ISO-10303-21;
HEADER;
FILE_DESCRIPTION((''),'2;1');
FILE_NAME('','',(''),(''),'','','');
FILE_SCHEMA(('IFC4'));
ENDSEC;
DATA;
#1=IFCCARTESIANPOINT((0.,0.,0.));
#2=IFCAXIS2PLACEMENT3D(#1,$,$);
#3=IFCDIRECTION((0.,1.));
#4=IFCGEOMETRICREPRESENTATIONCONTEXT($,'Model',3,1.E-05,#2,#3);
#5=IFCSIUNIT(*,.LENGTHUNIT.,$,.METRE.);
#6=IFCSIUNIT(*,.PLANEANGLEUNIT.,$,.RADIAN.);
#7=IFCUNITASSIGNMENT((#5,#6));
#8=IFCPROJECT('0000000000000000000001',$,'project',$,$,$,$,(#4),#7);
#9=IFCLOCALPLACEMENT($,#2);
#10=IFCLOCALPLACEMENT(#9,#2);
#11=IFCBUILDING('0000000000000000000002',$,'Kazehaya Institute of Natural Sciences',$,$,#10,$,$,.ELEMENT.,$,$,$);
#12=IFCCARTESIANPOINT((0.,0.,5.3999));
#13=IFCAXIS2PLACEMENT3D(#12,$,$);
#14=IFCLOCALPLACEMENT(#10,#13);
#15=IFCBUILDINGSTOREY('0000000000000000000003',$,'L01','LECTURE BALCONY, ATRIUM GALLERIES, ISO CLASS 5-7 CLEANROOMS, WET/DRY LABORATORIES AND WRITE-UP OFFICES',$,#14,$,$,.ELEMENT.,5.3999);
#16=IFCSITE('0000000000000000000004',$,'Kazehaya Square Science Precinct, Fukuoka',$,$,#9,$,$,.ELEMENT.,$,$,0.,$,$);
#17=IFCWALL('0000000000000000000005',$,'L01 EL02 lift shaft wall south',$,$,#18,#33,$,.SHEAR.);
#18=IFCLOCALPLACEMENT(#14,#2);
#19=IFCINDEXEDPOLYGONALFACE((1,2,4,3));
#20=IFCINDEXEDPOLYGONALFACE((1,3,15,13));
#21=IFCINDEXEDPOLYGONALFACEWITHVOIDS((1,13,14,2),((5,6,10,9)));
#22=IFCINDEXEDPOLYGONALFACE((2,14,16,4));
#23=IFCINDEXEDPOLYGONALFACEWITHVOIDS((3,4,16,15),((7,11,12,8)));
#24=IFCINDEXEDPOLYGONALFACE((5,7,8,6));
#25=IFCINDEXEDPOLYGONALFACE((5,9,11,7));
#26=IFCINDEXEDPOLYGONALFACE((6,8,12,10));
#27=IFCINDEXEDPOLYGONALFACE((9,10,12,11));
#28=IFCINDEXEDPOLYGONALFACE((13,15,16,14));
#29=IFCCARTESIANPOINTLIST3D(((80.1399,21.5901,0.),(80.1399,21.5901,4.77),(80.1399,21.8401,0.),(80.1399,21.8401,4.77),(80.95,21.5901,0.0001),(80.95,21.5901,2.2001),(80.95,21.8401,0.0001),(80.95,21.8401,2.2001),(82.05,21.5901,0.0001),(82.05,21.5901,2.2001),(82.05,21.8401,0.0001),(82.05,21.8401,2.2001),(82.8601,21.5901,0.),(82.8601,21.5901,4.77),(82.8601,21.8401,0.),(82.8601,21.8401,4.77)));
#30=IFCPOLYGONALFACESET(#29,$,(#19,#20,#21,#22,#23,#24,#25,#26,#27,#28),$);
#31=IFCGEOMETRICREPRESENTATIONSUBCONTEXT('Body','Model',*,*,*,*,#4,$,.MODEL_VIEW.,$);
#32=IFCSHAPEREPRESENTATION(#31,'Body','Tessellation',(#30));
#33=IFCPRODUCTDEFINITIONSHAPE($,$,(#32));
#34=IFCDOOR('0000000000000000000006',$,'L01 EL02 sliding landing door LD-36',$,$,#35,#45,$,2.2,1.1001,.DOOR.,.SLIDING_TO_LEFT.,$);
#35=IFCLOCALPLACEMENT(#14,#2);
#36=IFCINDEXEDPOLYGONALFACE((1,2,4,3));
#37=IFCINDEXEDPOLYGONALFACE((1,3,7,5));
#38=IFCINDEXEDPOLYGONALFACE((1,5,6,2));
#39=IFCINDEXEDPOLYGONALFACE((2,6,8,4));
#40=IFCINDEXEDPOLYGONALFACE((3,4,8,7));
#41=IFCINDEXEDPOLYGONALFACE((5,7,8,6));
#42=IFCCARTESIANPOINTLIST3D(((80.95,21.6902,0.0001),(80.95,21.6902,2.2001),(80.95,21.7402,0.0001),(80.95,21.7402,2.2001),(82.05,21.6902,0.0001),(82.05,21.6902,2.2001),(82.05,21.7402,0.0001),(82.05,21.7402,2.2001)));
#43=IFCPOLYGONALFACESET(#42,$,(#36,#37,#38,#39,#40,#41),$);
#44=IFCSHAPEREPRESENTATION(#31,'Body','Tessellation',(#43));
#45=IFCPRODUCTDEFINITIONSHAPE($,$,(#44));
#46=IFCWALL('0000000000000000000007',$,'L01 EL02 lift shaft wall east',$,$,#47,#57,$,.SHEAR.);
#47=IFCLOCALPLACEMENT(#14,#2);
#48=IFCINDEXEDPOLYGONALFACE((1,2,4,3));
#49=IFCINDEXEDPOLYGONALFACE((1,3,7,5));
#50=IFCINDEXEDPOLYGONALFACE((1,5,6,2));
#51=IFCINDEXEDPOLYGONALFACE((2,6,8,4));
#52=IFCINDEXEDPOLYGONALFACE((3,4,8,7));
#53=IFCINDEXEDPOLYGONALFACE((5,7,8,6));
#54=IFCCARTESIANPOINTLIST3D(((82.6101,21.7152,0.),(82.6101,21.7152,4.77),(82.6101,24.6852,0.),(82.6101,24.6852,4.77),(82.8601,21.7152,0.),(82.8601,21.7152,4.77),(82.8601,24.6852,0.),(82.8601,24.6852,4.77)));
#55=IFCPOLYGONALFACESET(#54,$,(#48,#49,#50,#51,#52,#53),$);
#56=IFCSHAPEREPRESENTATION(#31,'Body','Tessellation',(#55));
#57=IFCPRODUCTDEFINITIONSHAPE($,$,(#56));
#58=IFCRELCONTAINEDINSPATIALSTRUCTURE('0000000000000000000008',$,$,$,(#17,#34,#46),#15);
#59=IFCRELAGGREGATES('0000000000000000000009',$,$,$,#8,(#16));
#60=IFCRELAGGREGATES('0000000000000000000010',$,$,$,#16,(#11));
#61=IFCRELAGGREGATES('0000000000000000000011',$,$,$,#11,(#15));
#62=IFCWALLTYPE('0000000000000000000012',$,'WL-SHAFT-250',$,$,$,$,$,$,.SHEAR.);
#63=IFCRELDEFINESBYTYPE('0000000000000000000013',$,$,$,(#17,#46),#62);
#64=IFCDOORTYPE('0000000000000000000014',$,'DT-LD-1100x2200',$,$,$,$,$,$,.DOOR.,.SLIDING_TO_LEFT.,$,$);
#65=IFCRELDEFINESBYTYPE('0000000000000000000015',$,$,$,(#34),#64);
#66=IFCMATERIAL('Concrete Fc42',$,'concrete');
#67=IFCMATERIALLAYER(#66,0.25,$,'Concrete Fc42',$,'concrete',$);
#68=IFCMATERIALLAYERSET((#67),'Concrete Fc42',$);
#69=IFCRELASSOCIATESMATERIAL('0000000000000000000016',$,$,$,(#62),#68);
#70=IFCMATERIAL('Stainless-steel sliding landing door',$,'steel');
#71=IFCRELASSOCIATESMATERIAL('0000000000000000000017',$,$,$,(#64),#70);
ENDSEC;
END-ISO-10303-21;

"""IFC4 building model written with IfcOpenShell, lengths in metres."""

from ifc_helpers import new_model, si_unit, direction, frame, frame_2d, origin, place, context, subcontext, project, spatial, rectangle, extrude, material, layer, layer_set, type_object, element, fill, save


model = new_model("IFC4")

# Units and contexts
model_context = context("Model", 3, precision=1e-05, world=origin(), true_north=direction((0.0, 1.0)))
body_context = subcontext(model_context, "Body", "Model", "MODEL_VIEW")
ifc_project = project(units=[si_unit("LENGTHUNIT", "METRE"), si_unit("PLANEANGLEUNIT", "RADIAN")], contexts=[model_context])

# Site, building, storey
site_placement = place(None, origin())
site = spatial("IfcSite", under=ifc_project, at=site_placement, Name="Kazehaya Square Science Precinct, Fukuoka", CompositionType="ELEMENT", RefElevation=0.0)
building_placement = place(site_placement, origin())
building = spatial("IfcBuilding", under=site, at=building_placement, Name="Kazehaya Institute of Natural Sciences", CompositionType="ELEMENT")
storey_placement = place(building_placement, frame((0.0, 0.0, 5.3999)))
storey = spatial("IfcBuildingStorey", under=building, at=storey_placement, Name="L01", Description="LECTURE BALCONY, ATRIUM GALLERIES, ISO CLASS 5-7 CLEANROOMS, WET/DRY LABORATORIES AND WRITE-UP OFFICES", CompositionType="ELEMENT", Elevation=5.3999)

# Wall, opening, door
ifc_material_1 = material(Name="Concrete Fc42", Category="concrete")
ifc_layer_1 = layer(ifc_material_1, 0.25, Name="Concrete Fc42", Category="concrete")
ifc_layer_set_1 = layer_set([ifc_layer_1], Name="Concrete Fc42")
wall_type_1 = type_object("IfcWallType", Name="WL-SHAFT-250", PredefinedType="SHEAR", material=ifc_layer_set_1)
wall_1_placement = place(storey_placement, frame((82.8601, 21.7151, 0.0), z_axis=(0.0, 0.0, 1.0), x_axis=(-1.0, 0.0, 0.0)))
wall_1 = element("IfcWall", 1, at=wall_1_placement, inside=storey, type_object=wall_type_1, Name="L01 EL02 lift shaft wall south", PredefinedType="SHEAR", context=body_context, shape_type="SweptSolid", body=[
    extrude(rectangle(XDim=2.7202, YDim=0.25, at=frame_2d((1.3601, 0.0))), origin(), (0.0, 0.0, 1.0), 4.77),
])
opening_placement = place(wall_1_placement, frame((0.8101, 0.0, 0.0)))
opening = element("IfcOpeningElement", 2, at=opening_placement, cuts=wall_1, PredefinedType="OPENING", context=body_context, shape_type="SweptSolid", body=[
    extrude(rectangle(XDim=1.1001, YDim=2.2, at=frame_2d((0.55, 1.1001))), frame((0.0, 0.135, 0.0), z_axis=(0.0, -1.0, 0.0), x_axis=(1.0, 0.0, 0.0)), (0.0, 0.0, 1.0), 0.27),
])
ifc_material_2 = material(Name="Stainless-steel sliding landing door", Category="steel")
door_type = type_object("IfcDoorType", Name="DT-LD-1100x2200", OperationType="SLIDING_TO_LEFT", PredefinedType="DOOR", material=ifc_material_2)
door_placement = place(opening_placement, origin())
door = element("IfcDoor", 3, at=door_placement, inside=storey, type_object=door_type, Name="L01 EL02 sliding landing door LD-36", OperationType="SLIDING_TO_LEFT", OverallHeight=2.2, OverallWidth=1.1001, PredefinedType="DOOR", context=body_context, shape_type="SweptSolid", body=[
    extrude(rectangle(XDim=1.1001, YDim=2.2, at=frame_2d((0.55, 1.1001))), frame((0.0, 0.0249, 0.0), z_axis=(0.0, -1.0, 0.0), x_axis=(1.0, 0.0, 0.0)), (0.0, 0.0, 1.0), 0.05),
])
fill(opening, door)

# Wall
wall_2_placement = place(storey_placement, frame((82.7351, 24.6851, 0.0), z_axis=(0.0, 0.0, 1.0), x_axis=(0.0, -1.0, 0.0)))
element("IfcWall", 4, at=wall_2_placement, inside=storey, type_object=wall_type_1, Name="L01 EL02 lift shaft wall east", PredefinedType="SHEAR", context=body_context, shape_type="SweptSolid", body=[
    extrude(rectangle(XDim=2.97, YDim=0.25, at=frame_2d((1.4849, 0.0))), origin(), (0.0, 0.0, 1.0), 4.77),
])

save(model, "model.ifc")
